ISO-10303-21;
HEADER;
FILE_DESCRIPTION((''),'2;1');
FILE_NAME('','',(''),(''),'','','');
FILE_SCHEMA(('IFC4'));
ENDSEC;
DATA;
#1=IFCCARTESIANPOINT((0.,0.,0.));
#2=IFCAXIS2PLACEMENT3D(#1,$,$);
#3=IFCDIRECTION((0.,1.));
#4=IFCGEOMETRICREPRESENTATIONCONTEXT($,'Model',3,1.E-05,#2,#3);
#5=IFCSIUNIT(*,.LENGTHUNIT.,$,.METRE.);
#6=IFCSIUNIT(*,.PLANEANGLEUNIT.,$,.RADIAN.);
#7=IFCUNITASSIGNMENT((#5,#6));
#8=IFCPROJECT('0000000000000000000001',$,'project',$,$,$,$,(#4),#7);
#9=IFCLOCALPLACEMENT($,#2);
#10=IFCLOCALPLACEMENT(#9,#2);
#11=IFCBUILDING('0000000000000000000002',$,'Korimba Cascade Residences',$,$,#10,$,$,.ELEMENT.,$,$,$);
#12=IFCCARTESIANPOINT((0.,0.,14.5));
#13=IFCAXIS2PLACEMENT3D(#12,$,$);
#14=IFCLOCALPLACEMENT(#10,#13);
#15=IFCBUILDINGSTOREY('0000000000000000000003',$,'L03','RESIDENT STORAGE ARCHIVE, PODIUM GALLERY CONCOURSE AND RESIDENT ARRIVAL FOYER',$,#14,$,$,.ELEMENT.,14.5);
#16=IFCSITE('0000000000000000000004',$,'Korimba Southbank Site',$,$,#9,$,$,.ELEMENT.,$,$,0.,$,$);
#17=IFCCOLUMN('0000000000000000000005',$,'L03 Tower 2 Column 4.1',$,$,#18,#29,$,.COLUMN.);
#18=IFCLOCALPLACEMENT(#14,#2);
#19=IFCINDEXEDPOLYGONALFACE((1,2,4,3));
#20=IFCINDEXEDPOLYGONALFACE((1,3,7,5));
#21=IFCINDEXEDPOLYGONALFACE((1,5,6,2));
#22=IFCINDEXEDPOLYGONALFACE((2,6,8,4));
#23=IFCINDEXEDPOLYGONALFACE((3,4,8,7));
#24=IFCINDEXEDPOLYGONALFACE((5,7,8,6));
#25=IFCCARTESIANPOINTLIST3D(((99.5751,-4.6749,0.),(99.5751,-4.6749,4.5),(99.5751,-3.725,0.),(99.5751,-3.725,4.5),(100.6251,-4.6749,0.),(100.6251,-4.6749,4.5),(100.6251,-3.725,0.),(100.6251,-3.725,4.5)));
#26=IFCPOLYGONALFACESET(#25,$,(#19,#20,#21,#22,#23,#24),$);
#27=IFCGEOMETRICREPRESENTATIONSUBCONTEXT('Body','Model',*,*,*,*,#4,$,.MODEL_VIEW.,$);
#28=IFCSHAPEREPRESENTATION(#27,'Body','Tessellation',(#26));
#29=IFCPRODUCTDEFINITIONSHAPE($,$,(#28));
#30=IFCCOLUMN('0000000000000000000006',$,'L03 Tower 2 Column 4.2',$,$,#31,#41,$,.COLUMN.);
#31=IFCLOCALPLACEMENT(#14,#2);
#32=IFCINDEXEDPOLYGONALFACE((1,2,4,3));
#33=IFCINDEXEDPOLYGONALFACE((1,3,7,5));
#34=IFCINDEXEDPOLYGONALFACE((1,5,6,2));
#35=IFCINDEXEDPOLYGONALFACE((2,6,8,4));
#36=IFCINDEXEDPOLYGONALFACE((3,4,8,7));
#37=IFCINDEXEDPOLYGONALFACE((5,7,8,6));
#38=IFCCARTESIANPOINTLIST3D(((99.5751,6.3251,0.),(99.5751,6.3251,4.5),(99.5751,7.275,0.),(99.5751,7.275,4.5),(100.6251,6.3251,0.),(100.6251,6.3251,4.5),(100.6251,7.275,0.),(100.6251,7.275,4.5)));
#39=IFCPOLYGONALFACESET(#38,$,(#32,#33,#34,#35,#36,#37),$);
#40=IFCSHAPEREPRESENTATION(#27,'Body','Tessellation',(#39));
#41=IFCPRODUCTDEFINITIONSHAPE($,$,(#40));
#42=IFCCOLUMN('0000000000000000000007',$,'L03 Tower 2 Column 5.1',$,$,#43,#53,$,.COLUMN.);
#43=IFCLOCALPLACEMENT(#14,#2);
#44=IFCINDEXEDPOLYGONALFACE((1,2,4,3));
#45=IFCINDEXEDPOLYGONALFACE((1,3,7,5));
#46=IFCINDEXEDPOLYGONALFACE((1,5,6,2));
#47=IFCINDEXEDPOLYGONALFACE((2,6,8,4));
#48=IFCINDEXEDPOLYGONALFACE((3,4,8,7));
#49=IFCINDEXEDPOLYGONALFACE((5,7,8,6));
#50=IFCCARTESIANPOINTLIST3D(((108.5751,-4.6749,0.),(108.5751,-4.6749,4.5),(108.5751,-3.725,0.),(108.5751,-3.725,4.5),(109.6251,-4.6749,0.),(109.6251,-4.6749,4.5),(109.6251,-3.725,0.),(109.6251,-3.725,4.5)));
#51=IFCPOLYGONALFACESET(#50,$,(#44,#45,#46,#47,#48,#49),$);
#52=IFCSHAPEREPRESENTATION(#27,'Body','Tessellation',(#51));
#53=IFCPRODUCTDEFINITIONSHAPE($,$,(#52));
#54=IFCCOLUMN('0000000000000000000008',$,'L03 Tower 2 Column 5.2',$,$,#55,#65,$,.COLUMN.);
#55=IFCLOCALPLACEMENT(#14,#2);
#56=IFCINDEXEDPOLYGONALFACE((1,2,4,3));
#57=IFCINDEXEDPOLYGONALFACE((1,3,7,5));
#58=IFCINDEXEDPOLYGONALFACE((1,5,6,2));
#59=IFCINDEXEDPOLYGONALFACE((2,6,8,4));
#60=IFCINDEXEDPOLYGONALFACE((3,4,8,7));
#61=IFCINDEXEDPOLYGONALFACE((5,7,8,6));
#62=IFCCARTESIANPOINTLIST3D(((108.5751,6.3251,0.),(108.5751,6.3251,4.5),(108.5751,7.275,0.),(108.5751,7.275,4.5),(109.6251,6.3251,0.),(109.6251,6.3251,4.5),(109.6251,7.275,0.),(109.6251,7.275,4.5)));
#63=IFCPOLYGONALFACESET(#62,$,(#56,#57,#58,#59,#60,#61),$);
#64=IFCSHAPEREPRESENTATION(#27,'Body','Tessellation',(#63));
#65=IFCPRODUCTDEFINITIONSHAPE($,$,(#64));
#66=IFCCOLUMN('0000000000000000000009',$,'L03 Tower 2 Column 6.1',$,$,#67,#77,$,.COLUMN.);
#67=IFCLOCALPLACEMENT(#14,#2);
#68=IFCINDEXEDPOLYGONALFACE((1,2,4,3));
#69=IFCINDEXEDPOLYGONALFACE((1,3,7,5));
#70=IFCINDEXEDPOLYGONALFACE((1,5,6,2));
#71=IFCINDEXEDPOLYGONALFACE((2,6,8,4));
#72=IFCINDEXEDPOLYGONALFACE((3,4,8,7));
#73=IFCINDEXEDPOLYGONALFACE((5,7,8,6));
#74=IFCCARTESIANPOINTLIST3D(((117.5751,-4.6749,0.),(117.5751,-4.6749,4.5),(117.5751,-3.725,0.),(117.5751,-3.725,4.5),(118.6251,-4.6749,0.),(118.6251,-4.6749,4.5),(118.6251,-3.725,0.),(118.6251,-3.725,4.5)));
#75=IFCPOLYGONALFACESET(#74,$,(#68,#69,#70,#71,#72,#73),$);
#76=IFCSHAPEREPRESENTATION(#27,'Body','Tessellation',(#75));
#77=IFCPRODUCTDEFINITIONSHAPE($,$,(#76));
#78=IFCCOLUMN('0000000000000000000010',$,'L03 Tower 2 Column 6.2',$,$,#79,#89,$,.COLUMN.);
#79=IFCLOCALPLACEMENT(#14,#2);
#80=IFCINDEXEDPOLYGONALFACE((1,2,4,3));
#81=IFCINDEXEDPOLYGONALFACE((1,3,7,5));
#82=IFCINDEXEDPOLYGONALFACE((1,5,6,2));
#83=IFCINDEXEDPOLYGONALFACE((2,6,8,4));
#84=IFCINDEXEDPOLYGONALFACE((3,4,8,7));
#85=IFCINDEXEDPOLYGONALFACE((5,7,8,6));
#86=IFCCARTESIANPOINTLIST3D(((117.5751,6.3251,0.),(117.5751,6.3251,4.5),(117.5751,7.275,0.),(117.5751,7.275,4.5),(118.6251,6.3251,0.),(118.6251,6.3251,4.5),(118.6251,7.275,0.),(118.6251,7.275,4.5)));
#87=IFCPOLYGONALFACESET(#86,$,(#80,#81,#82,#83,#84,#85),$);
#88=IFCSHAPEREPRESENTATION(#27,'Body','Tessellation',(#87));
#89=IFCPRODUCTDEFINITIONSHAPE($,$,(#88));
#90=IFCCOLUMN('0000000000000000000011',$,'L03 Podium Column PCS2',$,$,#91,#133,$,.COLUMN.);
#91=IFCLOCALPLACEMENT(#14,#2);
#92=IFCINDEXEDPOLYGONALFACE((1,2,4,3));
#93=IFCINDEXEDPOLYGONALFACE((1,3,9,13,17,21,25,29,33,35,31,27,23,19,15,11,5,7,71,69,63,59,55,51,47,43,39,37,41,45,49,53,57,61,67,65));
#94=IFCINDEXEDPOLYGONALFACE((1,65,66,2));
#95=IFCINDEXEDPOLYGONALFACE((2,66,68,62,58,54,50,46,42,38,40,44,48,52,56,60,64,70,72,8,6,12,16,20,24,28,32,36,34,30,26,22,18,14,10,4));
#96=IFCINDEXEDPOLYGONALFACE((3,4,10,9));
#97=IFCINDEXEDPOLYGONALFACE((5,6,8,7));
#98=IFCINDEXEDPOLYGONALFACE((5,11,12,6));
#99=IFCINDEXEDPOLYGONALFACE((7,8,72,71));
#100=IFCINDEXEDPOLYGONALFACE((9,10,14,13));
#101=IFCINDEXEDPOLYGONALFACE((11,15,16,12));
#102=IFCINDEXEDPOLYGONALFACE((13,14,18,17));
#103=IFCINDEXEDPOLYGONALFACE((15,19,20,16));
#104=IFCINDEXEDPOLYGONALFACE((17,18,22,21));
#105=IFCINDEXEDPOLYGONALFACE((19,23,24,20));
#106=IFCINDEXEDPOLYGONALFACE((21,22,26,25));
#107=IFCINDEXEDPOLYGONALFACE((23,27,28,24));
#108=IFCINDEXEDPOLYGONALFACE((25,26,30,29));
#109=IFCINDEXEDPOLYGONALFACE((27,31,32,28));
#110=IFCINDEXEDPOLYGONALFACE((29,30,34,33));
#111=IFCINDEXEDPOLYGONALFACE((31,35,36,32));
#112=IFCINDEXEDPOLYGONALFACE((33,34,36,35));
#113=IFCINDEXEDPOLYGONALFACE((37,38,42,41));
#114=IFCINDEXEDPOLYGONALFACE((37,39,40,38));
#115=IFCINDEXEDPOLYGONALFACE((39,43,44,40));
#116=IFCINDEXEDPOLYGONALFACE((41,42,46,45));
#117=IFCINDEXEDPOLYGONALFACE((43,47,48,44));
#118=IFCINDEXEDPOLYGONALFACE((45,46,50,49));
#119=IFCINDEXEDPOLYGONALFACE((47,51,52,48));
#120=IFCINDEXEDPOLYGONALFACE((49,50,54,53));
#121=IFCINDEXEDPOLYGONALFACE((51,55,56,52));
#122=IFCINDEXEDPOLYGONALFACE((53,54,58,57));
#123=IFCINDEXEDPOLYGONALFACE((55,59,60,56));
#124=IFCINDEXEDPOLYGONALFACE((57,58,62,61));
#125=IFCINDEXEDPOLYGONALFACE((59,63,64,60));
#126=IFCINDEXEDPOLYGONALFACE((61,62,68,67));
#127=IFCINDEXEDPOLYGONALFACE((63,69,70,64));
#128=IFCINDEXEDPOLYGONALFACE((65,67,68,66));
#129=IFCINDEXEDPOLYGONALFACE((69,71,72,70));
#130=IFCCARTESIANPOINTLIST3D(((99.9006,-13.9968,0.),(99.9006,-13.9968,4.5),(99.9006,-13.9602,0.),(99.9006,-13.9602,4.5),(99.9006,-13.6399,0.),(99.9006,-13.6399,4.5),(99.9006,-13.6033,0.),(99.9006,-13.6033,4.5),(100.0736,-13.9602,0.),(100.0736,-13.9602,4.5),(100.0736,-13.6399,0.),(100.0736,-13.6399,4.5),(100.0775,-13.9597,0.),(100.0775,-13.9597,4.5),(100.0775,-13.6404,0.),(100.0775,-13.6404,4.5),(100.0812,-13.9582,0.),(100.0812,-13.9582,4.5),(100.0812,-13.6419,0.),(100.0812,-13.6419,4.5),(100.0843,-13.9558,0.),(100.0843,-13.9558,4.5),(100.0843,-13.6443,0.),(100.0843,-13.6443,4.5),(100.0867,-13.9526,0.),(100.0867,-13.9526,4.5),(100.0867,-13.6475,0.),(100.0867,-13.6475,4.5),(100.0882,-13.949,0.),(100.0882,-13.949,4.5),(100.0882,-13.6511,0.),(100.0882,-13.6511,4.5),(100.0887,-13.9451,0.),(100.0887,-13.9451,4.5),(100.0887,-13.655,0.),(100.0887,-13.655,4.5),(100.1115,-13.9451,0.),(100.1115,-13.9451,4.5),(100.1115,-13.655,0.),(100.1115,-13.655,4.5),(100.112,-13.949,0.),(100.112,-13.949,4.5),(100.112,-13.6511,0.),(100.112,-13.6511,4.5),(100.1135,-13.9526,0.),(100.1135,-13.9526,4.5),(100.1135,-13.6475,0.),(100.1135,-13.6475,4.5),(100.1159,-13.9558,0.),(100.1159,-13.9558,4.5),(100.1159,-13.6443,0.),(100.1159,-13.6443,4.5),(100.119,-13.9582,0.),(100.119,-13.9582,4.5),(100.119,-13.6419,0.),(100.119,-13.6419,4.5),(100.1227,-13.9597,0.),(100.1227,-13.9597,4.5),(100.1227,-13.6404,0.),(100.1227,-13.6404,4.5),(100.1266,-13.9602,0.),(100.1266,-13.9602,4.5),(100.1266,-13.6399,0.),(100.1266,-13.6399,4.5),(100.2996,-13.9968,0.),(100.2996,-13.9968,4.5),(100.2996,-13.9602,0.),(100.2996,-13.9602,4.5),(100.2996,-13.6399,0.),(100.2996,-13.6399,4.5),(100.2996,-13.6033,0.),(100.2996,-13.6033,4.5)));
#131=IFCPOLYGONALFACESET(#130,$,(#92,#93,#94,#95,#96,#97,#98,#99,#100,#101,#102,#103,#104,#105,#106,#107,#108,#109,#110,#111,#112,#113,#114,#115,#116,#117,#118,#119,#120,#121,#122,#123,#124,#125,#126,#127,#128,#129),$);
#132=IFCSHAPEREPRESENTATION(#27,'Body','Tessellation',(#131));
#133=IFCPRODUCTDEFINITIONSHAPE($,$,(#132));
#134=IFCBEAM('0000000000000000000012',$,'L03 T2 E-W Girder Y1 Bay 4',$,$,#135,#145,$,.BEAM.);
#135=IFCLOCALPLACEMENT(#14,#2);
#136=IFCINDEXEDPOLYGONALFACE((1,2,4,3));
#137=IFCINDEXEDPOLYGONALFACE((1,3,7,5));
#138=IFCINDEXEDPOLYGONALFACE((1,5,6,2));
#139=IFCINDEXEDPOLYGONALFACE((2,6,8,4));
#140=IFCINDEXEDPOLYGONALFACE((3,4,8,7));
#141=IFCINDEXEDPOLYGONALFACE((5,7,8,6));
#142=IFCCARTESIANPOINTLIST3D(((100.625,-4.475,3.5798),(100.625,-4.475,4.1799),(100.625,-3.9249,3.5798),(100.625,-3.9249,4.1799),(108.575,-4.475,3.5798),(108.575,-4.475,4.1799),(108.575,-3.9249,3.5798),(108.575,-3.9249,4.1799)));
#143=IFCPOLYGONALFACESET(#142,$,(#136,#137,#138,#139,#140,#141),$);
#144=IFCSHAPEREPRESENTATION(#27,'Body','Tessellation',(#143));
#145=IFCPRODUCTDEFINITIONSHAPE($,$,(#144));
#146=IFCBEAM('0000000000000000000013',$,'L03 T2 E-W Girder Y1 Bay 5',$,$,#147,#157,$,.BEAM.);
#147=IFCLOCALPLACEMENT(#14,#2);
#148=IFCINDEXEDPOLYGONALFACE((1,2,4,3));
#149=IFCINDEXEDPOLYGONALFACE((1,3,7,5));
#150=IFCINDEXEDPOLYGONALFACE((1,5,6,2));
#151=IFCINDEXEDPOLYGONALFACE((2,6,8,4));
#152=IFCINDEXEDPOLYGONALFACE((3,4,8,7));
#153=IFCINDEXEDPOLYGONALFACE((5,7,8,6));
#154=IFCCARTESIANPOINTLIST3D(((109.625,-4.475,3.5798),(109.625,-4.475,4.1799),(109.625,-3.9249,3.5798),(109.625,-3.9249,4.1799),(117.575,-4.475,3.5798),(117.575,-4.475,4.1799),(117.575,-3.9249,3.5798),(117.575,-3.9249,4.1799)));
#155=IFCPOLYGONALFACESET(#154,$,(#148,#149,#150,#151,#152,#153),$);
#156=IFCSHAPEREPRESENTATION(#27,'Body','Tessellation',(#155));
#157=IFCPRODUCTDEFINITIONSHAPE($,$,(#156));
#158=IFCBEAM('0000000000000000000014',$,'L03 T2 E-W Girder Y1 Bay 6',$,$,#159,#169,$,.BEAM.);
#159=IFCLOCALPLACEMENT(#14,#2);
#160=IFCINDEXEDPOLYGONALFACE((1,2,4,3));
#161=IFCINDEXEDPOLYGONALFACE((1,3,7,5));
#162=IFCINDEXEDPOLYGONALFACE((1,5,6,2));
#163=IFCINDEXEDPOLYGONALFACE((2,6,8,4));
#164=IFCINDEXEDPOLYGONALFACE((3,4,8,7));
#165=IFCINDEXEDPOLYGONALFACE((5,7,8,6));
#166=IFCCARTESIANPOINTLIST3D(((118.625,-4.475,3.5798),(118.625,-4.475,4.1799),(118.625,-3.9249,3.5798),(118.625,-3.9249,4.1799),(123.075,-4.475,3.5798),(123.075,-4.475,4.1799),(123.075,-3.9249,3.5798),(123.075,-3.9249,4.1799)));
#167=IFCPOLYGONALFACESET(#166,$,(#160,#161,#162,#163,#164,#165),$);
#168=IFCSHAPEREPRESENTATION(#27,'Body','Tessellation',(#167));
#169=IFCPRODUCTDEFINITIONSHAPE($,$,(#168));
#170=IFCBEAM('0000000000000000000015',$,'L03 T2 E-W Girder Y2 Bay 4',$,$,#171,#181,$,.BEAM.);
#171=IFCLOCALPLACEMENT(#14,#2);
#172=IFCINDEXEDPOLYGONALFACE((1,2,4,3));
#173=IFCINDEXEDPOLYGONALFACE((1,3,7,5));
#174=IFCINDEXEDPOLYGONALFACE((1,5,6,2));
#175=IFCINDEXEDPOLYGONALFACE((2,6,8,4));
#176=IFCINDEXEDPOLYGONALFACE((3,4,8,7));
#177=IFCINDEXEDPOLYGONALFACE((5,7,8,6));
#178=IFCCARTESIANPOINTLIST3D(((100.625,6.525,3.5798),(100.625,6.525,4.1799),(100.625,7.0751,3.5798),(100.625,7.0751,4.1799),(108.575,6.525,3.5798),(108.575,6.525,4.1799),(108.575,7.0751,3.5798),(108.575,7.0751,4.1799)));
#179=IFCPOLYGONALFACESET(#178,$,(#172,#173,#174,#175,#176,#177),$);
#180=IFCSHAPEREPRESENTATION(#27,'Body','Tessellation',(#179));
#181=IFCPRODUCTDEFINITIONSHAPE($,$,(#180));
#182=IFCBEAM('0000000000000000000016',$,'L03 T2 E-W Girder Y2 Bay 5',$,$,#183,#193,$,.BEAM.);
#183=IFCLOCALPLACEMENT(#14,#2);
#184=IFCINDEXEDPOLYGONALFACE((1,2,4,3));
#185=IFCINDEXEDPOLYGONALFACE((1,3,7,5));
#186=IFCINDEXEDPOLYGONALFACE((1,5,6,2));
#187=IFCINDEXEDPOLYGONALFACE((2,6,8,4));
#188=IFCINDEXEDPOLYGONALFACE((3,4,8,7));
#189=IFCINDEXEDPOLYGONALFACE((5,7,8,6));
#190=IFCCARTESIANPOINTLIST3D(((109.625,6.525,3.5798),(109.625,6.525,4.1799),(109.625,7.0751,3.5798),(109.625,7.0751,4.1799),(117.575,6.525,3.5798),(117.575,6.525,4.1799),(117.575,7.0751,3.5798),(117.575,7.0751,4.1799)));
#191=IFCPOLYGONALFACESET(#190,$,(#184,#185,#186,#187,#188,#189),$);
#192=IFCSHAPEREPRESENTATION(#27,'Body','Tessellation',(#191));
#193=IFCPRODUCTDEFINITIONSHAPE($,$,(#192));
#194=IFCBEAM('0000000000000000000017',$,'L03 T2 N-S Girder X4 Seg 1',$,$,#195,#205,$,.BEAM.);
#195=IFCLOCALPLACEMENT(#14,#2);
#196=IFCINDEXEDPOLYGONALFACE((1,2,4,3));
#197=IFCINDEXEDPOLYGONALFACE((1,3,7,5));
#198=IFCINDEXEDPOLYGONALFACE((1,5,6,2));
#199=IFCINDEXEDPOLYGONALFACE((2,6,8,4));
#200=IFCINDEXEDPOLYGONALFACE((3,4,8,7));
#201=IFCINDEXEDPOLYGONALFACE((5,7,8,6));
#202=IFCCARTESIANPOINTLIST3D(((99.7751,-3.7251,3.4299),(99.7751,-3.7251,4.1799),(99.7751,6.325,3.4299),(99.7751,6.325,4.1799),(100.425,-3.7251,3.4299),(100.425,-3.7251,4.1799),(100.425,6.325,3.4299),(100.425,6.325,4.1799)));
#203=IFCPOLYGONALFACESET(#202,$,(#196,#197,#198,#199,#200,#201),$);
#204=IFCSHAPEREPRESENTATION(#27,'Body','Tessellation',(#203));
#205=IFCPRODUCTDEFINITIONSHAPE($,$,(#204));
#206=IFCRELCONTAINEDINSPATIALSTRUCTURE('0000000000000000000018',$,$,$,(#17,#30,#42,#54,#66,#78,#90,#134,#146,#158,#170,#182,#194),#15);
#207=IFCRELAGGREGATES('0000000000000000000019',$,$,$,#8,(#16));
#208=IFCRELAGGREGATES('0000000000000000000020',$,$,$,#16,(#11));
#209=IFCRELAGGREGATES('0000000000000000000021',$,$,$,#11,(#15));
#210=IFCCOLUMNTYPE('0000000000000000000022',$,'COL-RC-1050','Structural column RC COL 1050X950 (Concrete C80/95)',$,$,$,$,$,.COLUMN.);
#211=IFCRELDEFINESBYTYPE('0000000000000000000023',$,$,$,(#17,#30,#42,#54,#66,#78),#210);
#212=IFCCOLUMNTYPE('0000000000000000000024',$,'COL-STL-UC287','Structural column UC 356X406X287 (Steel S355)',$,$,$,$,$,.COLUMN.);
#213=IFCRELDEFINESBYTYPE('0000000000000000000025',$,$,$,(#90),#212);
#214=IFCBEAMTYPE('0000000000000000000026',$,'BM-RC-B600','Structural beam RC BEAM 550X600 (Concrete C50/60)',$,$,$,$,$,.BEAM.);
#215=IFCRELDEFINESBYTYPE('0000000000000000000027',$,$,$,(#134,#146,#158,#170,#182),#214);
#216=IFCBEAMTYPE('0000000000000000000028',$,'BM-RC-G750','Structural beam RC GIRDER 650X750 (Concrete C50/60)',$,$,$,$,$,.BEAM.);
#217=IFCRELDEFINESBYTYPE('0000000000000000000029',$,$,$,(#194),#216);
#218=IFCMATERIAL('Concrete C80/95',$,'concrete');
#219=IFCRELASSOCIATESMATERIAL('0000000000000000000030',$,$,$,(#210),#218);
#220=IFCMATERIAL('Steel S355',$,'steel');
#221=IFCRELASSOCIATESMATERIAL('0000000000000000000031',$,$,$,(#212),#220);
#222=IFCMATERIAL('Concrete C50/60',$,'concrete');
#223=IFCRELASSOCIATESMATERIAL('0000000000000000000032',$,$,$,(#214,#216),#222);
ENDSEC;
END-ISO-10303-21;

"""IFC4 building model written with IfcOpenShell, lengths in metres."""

from ifc_helpers import new_model, si_unit, direction, frame, origin, origin_2d, place, context, subcontext, project, spatial, rectangle, i_section, extrude, material, material_profile, profile_set, type_object, element, save


model = new_model("IFC4")

# Units and contexts
model_context = context("Model", 3, precision=1e-05, world=origin(), true_north=direction((0.0, 1.0)))
body_context = subcontext(model_context, "Body", "Model", "MODEL_VIEW")
ifc_project = project(units=[si_unit("LENGTHUNIT", "METRE"), si_unit("PLANEANGLEUNIT", "RADIAN")], contexts=[model_context])

# Site, building, storey
site_placement = place(None, origin())
site = spatial("IfcSite", under=ifc_project, at=site_placement, Name="Korimba Southbank Site", CompositionType="ELEMENT", RefElevation=0.0)
building_placement = place(site_placement, origin())
building = spatial("IfcBuilding", under=site, at=building_placement, Name="Korimba Cascade Residences", CompositionType="ELEMENT")
storey_placement = place(building_placement, frame((0.0, 0.0, 14.5)))
storey = spatial("IfcBuildingStorey", under=building, at=storey_placement, Name="L03", Description="RESIDENT STORAGE ARCHIVE, PODIUM GALLERY CONCOURSE AND RESIDENT ARRIVAL FOYER", CompositionType="ELEMENT", Elevation=14.5)

# Columns
ifc_material_1 = material(Name="Concrete C80/95", Category="concrete")
ifc_material_profile_1 = material_profile(ifc_material_1, rectangle(XDim=1.05, YDim=0.95, at=origin_2d()), Name="Concrete C80/95")
ifc_profile_set_1 = profile_set([ifc_material_profile_1], Name="Concrete C80/95")
column_type_1 = type_object("IfcColumnType", Name="COL-RC-1050", Description="Structural column RC COL 1050X950 (Concrete C80/95)", PredefinedType="COLUMN", material=ifc_profile_set_1)
for number, where, z_axis, x_axis, name in (
    (1, (100.1001, -4.2, 0.0), (0.0, 0.0, 1.0), (1.0, 0.0, 0.0), "L03 Tower 2 Column 4.1"),
    (2, (100.1001, 6.8, 0.0), (0.0, 0.0, 1.0), (1.0, 0.0, 0.0), "L03 Tower 2 Column 4.2"),
    (3, (109.1001, -4.2, 0.0), (0.0, 0.0, 1.0), (1.0, 0.0, 0.0), "L03 Tower 2 Column 5.1"),
    (4, (109.1001, 6.8, 0.0), (0.0, 0.0, 1.0), (1.0, 0.0, 0.0), "L03 Tower 2 Column 5.2"),
    (5, (118.1001, -4.2, 0.0), (0.0, 0.0, 1.0), (1.0, 0.0, 0.0), "L03 Tower 2 Column 6.1"),
    (6, (118.1001, 6.8, 0.0), (0.0, 0.0, 1.0), (1.0, 0.0, 0.0), "L03 Tower 2 Column 6.2"),
):
    element("IfcColumn", number, at=place(storey_placement, frame(where, z_axis=z_axis, x_axis=x_axis)), inside=storey, type_object=column_type_1, Name=name, PredefinedType="COLUMN", context=body_context, shape_type="SweptSolid", body=[
        extrude(rectangle(XDim=1.05, YDim=0.95, at=origin_2d()), origin(), (0.0, 0.0, 1.0), 4.5),
    ])
ifc_material_2 = material(Name="Steel S355", Category="steel")
ifc_material_profile_2 = material_profile(ifc_material_2, i_section(OverallWidth=0.3989, OverallDepth=0.3936, WebThickness=0.0227, FlangeThickness=0.0366, FilletRadius=0.0151, at=origin_2d()), Name="Steel S355")
ifc_profile_set_2 = profile_set([ifc_material_profile_2], Name="Steel S355")
column_type_2 = type_object("IfcColumnType", Name="COL-STL-UC287", Description="Structural column UC 356X406X287 (Steel S355)", PredefinedType="COLUMN", material=ifc_profile_set_2)
column_placement = place(storey_placement, frame((100.1001, -13.8, 0.0), z_axis=(0.0, 0.0, 1.0), x_axis=(1.0, 0.0, 0.0)))
element("IfcColumn", 7, at=column_placement, inside=storey, type_object=column_type_2, Name="L03 Podium Column PCS2", PredefinedType="COLUMN", context=body_context, shape_type="SweptSolid", body=[
    extrude(i_section(OverallWidth=0.3989, OverallDepth=0.3936, WebThickness=0.0227, FlangeThickness=0.0366, FilletRadius=0.0151, at=origin_2d()), origin(), (0.0, 0.0, 1.0), 4.5),
])

# Beams
ifc_material_3 = material(Name="Concrete C50/60", Category="concrete")
ifc_material_profile_3 = material_profile(ifc_material_3, rectangle(XDim=0.55, YDim=0.6001, at=origin_2d()), Name="Concrete C50/60")
ifc_profile_set_3 = profile_set([ifc_material_profile_3], Name="Concrete C50/60")
beam_type_1 = type_object("IfcBeamType", Name="BM-RC-B600", Description="Structural beam RC BEAM 550X600 (Concrete C50/60)", PredefinedType="BEAM", material=ifc_profile_set_3)
for number, where, z_axis, x_axis, name in (
    (8, (100.625, -4.2, 3.8799), (1.0, 0.0, 0.0), (0.0, 1.0, 0.0), "L03 T2 E-W Girder Y1 Bay 4"),
    (9, (109.625, -4.2, 3.8799), (1.0, 0.0, 0.0), (0.0, 1.0, 0.0), "L03 T2 E-W Girder Y1 Bay 5"),
):
    element("IfcBeam", number, at=place(storey_placement, frame(where, z_axis=z_axis, x_axis=x_axis)), inside=storey, type_object=beam_type_1, Name=name, PredefinedType="BEAM", context=body_context, shape_type="SweptSolid", body=[
        extrude(rectangle(XDim=0.55, YDim=0.6001, at=origin_2d()), origin(), (0.0, 0.0, 1.0), 7.95),
    ])
beam_1_placement = place(storey_placement, frame((118.625, -4.2, 3.8799), z_axis=(1.0, 0.0, 0.0), x_axis=(0.0, 1.0, 0.0)))
element("IfcBeam", 10, at=beam_1_placement, inside=storey, type_object=beam_type_1, Name="L03 T2 E-W Girder Y1 Bay 6", PredefinedType="BEAM", context=body_context, shape_type="SweptSolid", body=[
    extrude(rectangle(XDim=0.55, YDim=0.6001, at=origin_2d()), origin(), (0.0, 0.0, 1.0), 4.45),
])
for number, where, z_axis, x_axis, name in (
    (11, (100.625, 6.8, 3.8799), (1.0, 0.0, 0.0), (0.0, 1.0, 0.0), "L03 T2 E-W Girder Y2 Bay 4"),
    (12, (109.625, 6.8, 3.8799), (1.0, 0.0, 0.0), (0.0, 1.0, 0.0), "L03 T2 E-W Girder Y2 Bay 5"),
):
    element("IfcBeam", number, at=place(storey_placement, frame(where, z_axis=z_axis, x_axis=x_axis)), inside=storey, type_object=beam_type_1, Name=name, PredefinedType="BEAM", context=body_context, shape_type="SweptSolid", body=[
        extrude(rectangle(XDim=0.55, YDim=0.6001, at=origin_2d()), origin(), (0.0, 0.0, 1.0), 7.95),
    ])
ifc_material_profile_4 = material_profile(ifc_material_3, rectangle(XDim=0.6499, YDim=0.75, at=origin_2d()), Name="Concrete C50/60")
ifc_profile_set_4 = profile_set([ifc_material_profile_4], Name="Concrete C50/60")
beam_type_2 = type_object("IfcBeamType", Name="BM-RC-G750", Description="Structural beam RC GIRDER 650X750 (Concrete C50/60)", PredefinedType="BEAM", material=ifc_profile_set_4)
for number, where, z_axis, x_axis, name in (
    (13, (100.1001, -3.7251, 3.8049), (0.0, 1.0, 0.0), (-1.0, 0.0, 0.0), "L03 T2 N-S Girder X4 Seg 1"),
):
    element("IfcBeam", number, at=place(storey_placement, frame(where, z_axis=z_axis, x_axis=x_axis)), inside=storey, type_object=beam_type_2, Name=name, PredefinedType="BEAM", context=body_context, shape_type="SweptSolid", body=[
        extrude(rectangle(XDim=0.6499, YDim=0.75, at=origin_2d()), origin(), (0.0, 0.0, 1.0), 10.05),
    ])

save(model, "model.ifc")
